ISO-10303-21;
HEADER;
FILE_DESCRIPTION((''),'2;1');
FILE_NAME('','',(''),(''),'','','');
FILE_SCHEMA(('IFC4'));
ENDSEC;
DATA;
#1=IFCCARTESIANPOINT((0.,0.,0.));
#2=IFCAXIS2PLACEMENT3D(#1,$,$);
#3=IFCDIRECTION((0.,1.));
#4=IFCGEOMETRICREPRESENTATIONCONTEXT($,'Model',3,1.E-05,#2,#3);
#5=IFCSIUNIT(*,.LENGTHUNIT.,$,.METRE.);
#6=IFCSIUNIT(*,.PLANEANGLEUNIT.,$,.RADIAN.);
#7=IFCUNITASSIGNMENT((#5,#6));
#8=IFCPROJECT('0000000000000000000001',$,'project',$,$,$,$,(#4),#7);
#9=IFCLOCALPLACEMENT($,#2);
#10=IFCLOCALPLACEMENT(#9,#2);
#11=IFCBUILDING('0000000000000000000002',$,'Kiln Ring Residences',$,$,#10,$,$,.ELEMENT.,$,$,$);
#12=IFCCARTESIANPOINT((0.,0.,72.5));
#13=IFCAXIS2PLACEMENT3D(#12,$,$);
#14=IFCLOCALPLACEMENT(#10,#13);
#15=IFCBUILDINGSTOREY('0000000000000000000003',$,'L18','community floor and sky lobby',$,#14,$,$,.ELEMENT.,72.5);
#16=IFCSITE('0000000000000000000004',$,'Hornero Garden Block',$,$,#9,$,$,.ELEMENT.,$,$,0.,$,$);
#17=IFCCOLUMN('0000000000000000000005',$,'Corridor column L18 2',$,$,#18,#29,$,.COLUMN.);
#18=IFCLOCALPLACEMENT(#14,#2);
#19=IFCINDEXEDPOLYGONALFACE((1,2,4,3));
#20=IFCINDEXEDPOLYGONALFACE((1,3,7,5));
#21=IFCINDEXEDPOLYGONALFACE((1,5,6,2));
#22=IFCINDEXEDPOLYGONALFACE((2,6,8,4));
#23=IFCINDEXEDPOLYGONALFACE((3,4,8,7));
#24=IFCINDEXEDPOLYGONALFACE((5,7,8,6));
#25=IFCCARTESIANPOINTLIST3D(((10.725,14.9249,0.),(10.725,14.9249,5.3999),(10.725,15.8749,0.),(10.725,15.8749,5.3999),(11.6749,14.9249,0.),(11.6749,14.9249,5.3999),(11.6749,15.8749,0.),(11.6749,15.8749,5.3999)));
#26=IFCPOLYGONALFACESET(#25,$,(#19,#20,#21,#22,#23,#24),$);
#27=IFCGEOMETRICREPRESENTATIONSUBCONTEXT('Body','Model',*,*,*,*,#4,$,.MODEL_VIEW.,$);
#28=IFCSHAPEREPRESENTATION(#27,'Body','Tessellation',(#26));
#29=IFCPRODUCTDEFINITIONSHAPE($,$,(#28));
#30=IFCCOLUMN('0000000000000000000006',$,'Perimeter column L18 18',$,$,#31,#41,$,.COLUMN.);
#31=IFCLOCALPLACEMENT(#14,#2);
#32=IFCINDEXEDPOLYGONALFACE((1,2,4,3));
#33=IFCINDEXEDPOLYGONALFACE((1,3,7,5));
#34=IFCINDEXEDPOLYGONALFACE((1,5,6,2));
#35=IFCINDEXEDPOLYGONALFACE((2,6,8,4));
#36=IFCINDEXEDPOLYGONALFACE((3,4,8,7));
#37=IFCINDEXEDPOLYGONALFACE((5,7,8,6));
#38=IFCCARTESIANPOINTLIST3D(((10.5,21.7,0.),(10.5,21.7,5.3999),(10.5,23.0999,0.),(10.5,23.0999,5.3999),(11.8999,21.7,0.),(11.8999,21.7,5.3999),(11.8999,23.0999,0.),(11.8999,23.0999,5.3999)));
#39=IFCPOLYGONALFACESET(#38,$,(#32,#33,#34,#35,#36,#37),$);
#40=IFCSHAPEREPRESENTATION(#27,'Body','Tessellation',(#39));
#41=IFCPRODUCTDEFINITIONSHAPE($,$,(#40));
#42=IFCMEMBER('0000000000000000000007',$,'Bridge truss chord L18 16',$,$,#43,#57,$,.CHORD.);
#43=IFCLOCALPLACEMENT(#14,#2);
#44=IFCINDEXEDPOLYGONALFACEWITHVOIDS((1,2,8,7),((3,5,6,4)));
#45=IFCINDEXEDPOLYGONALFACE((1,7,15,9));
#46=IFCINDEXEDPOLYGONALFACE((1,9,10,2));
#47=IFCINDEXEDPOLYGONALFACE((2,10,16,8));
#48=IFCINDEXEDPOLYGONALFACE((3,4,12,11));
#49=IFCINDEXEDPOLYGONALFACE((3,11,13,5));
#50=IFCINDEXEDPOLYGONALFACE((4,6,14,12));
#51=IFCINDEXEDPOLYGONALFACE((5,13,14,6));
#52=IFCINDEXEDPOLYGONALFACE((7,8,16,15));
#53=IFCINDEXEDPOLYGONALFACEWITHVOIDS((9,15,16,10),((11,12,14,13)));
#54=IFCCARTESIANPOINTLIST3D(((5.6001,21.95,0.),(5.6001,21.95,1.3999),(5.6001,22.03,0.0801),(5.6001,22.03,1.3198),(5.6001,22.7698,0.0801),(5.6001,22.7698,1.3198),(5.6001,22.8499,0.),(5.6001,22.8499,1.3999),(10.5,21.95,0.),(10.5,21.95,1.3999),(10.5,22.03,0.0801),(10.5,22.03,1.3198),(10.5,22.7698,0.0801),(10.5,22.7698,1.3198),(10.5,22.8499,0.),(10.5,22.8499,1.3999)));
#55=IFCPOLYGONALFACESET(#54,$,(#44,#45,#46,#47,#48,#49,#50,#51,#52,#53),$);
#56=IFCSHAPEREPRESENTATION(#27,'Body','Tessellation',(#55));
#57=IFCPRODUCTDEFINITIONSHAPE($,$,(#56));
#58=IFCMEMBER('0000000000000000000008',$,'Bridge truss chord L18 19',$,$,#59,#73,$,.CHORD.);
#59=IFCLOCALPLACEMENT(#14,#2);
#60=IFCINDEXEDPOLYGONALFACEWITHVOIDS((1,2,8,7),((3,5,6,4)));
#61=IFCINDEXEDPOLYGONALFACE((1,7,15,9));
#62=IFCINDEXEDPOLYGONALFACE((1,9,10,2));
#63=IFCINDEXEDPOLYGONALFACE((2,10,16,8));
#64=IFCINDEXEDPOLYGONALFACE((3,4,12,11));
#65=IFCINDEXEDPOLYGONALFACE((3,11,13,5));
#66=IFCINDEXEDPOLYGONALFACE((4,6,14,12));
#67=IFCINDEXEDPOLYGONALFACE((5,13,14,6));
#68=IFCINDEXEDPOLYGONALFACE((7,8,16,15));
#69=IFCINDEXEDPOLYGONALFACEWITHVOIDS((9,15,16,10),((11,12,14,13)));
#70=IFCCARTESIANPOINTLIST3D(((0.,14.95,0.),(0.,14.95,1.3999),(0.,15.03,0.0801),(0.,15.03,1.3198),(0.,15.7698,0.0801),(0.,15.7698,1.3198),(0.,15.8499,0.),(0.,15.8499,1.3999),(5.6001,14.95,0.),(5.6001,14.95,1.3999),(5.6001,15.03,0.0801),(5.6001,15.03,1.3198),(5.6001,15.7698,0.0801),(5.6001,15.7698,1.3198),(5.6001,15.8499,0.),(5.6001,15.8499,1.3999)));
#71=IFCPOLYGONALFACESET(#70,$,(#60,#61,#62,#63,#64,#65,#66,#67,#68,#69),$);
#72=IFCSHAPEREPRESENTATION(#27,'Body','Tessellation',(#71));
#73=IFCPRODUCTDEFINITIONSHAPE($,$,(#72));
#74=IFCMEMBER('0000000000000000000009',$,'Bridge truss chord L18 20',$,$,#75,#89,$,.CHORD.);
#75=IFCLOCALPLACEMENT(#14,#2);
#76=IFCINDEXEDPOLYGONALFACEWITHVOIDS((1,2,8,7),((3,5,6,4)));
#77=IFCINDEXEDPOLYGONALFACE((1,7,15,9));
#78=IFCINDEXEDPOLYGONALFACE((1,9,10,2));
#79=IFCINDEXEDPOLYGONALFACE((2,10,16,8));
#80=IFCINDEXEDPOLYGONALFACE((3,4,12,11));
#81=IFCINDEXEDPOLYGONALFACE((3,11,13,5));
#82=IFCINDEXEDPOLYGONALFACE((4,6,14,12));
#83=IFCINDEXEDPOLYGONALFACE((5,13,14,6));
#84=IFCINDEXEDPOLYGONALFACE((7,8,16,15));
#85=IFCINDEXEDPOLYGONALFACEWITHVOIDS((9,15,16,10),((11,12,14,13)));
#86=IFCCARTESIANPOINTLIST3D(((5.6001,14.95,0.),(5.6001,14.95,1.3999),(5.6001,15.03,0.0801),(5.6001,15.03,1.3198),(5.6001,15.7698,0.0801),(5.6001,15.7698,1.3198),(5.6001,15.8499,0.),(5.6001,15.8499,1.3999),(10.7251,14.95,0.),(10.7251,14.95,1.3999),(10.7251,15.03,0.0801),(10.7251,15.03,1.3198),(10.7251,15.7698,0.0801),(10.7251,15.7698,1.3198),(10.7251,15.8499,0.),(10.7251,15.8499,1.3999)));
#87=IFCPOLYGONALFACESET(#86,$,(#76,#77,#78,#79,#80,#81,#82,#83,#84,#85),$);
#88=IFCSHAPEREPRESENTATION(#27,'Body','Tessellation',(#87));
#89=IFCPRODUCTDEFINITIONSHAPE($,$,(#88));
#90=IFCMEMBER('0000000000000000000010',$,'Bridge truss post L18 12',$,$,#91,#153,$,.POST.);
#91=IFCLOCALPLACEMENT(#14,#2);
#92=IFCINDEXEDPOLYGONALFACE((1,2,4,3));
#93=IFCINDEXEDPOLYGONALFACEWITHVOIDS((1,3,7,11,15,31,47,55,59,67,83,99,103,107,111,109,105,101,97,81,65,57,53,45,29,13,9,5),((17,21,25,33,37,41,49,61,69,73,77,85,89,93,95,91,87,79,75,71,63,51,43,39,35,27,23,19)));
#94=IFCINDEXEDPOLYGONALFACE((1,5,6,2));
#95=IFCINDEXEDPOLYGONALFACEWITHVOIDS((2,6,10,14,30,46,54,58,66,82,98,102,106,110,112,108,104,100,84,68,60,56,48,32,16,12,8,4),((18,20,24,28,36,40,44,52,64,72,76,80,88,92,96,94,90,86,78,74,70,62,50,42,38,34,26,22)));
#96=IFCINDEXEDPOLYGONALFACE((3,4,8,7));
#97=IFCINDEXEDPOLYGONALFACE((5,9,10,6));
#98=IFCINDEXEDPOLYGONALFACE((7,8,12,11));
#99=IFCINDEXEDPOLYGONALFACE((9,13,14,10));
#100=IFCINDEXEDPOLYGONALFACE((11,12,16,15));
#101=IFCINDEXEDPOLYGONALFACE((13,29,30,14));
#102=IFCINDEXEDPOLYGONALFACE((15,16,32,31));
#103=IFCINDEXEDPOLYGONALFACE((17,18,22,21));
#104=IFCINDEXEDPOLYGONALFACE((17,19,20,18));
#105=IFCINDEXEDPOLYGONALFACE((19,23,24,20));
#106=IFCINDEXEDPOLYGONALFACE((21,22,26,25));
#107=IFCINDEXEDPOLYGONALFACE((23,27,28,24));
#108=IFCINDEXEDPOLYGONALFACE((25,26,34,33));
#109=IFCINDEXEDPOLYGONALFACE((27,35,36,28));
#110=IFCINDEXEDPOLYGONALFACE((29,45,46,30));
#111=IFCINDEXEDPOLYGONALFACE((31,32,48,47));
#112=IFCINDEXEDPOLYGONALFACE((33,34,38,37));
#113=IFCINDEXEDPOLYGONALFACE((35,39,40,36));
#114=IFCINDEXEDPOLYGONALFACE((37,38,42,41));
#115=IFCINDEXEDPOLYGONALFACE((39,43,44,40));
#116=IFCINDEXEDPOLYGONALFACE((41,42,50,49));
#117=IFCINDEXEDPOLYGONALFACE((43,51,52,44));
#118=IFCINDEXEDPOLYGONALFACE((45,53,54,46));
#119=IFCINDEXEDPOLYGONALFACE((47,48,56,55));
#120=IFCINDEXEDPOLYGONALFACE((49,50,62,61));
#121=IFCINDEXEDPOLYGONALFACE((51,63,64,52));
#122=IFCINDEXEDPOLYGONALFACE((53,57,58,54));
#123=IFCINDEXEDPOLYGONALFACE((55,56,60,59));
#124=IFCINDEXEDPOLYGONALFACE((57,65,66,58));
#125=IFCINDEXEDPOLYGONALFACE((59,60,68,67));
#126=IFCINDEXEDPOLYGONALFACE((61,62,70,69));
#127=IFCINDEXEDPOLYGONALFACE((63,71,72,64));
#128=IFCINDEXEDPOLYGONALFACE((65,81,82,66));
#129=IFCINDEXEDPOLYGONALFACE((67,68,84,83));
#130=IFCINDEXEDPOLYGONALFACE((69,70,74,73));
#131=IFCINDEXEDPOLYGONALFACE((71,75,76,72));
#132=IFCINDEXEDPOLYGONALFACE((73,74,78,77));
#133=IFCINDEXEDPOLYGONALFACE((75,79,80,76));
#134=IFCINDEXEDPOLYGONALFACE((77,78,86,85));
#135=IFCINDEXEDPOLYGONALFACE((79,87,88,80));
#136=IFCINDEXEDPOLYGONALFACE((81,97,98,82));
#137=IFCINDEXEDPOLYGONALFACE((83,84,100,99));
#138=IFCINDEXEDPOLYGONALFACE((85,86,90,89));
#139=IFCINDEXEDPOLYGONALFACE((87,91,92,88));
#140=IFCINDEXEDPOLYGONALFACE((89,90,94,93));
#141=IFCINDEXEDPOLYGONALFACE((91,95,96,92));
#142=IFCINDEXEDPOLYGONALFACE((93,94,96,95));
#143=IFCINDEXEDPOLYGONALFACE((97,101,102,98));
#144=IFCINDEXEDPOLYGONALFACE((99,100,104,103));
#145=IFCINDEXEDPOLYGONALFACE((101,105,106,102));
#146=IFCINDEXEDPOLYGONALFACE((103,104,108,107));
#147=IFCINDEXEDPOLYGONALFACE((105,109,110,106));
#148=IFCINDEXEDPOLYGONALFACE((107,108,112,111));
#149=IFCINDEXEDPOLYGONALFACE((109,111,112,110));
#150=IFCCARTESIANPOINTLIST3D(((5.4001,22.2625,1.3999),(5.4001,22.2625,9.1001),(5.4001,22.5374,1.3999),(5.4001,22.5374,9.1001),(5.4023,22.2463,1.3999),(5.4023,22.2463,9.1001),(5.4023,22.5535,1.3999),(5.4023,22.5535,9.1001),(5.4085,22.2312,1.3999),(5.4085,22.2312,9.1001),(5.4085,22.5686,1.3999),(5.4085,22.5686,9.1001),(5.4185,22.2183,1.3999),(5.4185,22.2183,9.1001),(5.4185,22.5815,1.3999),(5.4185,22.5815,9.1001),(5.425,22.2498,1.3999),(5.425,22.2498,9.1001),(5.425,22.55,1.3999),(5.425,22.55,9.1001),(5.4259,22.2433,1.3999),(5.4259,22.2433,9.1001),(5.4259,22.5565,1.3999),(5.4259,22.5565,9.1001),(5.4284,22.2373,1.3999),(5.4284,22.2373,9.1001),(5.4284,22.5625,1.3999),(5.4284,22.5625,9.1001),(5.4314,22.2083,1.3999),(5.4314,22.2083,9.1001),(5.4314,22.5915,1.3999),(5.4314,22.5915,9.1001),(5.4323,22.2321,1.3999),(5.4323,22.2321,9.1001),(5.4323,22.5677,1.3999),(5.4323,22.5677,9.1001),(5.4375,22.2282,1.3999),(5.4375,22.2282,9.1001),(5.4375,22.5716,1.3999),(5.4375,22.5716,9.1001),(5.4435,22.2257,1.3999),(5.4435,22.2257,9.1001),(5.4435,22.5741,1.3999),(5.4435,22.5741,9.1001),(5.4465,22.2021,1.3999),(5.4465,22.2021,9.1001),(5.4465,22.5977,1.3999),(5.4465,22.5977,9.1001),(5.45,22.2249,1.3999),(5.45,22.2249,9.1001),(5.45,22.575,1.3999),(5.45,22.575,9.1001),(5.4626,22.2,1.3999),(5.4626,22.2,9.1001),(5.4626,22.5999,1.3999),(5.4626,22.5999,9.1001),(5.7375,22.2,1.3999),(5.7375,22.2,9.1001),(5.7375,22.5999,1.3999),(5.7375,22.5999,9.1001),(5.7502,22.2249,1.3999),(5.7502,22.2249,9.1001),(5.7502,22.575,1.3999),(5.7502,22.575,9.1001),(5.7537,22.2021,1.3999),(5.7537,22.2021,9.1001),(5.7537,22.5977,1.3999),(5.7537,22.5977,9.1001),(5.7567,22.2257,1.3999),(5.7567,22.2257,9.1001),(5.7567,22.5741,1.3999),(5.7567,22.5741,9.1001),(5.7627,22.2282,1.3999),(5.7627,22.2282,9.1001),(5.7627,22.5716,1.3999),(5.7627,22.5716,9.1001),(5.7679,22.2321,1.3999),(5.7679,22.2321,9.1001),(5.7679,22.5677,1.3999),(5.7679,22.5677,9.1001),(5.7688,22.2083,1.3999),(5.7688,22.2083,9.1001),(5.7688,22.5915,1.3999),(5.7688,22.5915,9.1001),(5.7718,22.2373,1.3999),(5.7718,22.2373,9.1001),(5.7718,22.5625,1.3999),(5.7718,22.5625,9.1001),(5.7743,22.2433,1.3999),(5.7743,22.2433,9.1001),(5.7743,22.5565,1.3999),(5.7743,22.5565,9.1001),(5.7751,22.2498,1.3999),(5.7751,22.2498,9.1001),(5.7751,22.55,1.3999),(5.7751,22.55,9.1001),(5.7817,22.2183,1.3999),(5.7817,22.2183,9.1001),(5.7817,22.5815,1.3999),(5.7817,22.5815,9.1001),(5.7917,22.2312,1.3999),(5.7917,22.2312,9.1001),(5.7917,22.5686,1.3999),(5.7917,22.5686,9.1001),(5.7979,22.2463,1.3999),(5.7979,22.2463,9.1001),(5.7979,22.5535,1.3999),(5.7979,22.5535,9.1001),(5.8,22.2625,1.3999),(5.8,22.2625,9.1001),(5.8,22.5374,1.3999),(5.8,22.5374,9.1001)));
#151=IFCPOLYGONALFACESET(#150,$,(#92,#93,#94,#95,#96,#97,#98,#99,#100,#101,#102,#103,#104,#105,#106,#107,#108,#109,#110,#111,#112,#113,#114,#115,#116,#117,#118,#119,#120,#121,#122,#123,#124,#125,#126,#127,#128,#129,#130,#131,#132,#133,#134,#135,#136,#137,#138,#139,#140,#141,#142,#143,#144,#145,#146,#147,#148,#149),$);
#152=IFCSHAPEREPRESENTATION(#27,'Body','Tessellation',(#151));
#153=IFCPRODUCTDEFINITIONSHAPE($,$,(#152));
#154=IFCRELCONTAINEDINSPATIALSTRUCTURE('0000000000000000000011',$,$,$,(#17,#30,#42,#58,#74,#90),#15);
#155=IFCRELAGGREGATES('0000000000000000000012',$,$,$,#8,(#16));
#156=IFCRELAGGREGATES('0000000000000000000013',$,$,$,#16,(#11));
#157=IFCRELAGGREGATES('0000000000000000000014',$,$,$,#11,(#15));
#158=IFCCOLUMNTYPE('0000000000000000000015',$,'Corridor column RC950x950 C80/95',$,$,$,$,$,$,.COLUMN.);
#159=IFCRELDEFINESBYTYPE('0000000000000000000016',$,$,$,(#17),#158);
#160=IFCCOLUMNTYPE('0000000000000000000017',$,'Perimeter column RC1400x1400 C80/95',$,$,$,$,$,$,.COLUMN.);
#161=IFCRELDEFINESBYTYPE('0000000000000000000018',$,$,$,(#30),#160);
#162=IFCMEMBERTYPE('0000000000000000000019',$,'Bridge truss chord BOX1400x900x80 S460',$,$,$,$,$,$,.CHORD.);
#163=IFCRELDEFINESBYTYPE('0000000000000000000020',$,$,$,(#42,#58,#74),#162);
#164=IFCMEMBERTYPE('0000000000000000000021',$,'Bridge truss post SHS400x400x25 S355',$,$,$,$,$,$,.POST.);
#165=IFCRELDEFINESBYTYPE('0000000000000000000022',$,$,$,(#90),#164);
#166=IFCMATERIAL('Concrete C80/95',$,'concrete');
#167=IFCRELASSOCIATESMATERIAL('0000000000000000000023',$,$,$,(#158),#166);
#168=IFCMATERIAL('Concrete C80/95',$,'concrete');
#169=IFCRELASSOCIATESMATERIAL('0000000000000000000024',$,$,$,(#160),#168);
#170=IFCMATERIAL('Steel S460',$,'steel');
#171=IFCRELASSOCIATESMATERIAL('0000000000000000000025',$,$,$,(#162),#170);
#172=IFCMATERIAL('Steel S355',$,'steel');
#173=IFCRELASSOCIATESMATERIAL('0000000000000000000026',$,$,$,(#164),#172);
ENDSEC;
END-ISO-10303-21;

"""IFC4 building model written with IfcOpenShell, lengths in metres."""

from ifc_helpers import new_model, si_unit, direction, frame, origin, origin_2d, place, context, subcontext, project, spatial, rectangle, hollow_rectangle, extrude, material, material_profile, profile_set, type_object, element, save


model = new_model("IFC4")

# Units and contexts
model_context = context("Model", 3, precision=1e-05, world=origin(), true_north=direction((0.0, 1.0)))
body_context = subcontext(model_context, "Body", "Model", "MODEL_VIEW")
ifc_project = project(units=[si_unit("LENGTHUNIT", "METRE"), si_unit("PLANEANGLEUNIT", "RADIAN")], contexts=[model_context])

# Site, building, storey
site_placement = place(None, origin())
site = spatial("IfcSite", under=ifc_project, at=site_placement, Name="Hornero Garden Block", CompositionType="ELEMENT", RefElevation=0.0)
building_placement = place(site_placement, origin())
building = spatial("IfcBuilding", under=site, at=building_placement, Name="Kiln Ring Residences", CompositionType="ELEMENT")
storey_placement = place(building_placement, frame((0.0, 0.0, 72.5)))
storey = spatial("IfcBuildingStorey", under=building, at=storey_placement, Name="L18", Description="community floor and sky lobby", CompositionType="ELEMENT", Elevation=72.5)

# Columns
ifc_material_1 = material(Name="Concrete C80/95", Category="concrete")
ifc_material_profile_1 = material_profile(ifc_material_1, rectangle(XDim=0.95, YDim=0.95, at=origin_2d()), Name="RC950x950")
ifc_profile_set_1 = profile_set([ifc_material_profile_1], Name="Concrete C80/95")
column_type_1 = type_object("IfcColumnType", Name="Corridor column RC950x950 C80/95", PredefinedType="COLUMN", material=ifc_profile_set_1)
column_1_placement = place(storey_placement, frame((11.2, 15.3999, 0.0), z_axis=(0.0, 0.0, 1.0), x_axis=(1.0, 0.0, 0.0)))
element("IfcColumn", 1, at=column_1_placement, inside=storey, type_object=column_type_1, Name="Corridor column L18 2", PredefinedType="COLUMN", context=body_context, shape_type="SweptSolid", body=[
    extrude(rectangle(XDim=0.95, YDim=0.95, at=origin_2d()), origin(), (0.0, 0.0, 1.0), 5.3999),
])
ifc_material_2 = material(Name="Concrete C80/95", Category="concrete")
ifc_material_profile_2 = material_profile(ifc_material_2, rectangle(XDim=1.3999, YDim=1.3999, at=origin_2d()), Name="RC1400x1400")
ifc_profile_set_2 = profile_set([ifc_material_profile_2], Name="Concrete C80/95")
column_type_2 = type_object("IfcColumnType", Name="Perimeter column RC1400x1400 C80/95", PredefinedType="COLUMN", material=ifc_profile_set_2)
column_2_placement = place(storey_placement, frame((11.2, 22.3999, 0.0), z_axis=(0.0, 0.0, 1.0), x_axis=(1.0, 0.0, 0.0)))
element("IfcColumn", 2, at=column_2_placement, inside=storey, type_object=column_type_2, Name="Perimeter column L18 18", PredefinedType="COLUMN", context=body_context, shape_type="SweptSolid", body=[
    extrude(rectangle(XDim=1.3999, YDim=1.3999, at=origin_2d()), origin(), (0.0, 0.0, 1.0), 5.3999),
])

# Members
ifc_material_3 = material(Name="Steel S460", Category="steel")
ifc_material_profile_3 = material_profile(ifc_material_3, hollow_rectangle(XDim=0.8999, YDim=1.3999, WallThickness=0.0801, at=origin_2d()), Name="BOX1400x900x80")
ifc_profile_set_3 = profile_set([ifc_material_profile_3], Name="Steel S460")
member_type_1 = type_object("IfcMemberType", Name="Bridge truss chord BOX1400x900x80 S460", PredefinedType="CHORD", material=ifc_profile_set_3)
member_1_placement = place(storey_placement, frame((5.6001, 22.3999, 0.7), z_axis=(1.0, 0.0, 0.0), x_axis=(0.0, 1.0, 0.0)))
element("IfcMember", 3, at=member_1_placement, inside=storey, type_object=member_type_1, Name="Bridge truss chord L18 16", PredefinedType="CHORD", context=body_context, shape_type="SweptSolid", body=[
    extrude(hollow_rectangle(XDim=0.8999, YDim=1.3999, WallThickness=0.0801, at=origin_2d()), origin(), (0.0, 0.0, 1.0), 4.8999),
])
member_2_placement = place(storey_placement, frame((0.0, 15.3999, 0.7), z_axis=(1.0, 0.0, 0.0), x_axis=(0.0, 1.0, 0.0)))
element("IfcMember", 4, at=member_2_placement, inside=storey, type_object=member_type_1, Name="Bridge truss chord L18 19", PredefinedType="CHORD", context=body_context, shape_type="SweptSolid", body=[
    extrude(hollow_rectangle(XDim=0.8999, YDim=1.3999, WallThickness=0.0801, at=origin_2d()), origin(), (0.0, 0.0, 1.0), 5.6001),
])
member_3_placement = place(storey_placement, frame((5.6001, 15.3999, 0.7), z_axis=(1.0, 0.0, 0.0), x_axis=(0.0, 1.0, 0.0)))
element("IfcMember", 5, at=member_3_placement, inside=storey, type_object=member_type_1, Name="Bridge truss chord L18 20", PredefinedType="CHORD", context=body_context, shape_type="SweptSolid", body=[
    extrude(hollow_rectangle(XDim=0.8999, YDim=1.3999, WallThickness=0.0801, at=origin_2d()), origin(), (0.0, 0.0, 1.0), 5.125),
])
ifc_material_4 = material(Name="Steel S355", Category="steel")
ifc_material_profile_4 = material_profile(ifc_material_4, hollow_rectangle(XDim=0.3999, YDim=0.3999, WallThickness=0.0249, InnerFilletRadius=0.0249, OuterFilletRadius=0.0625, at=origin_2d()), Name="SHS400x400x25")
ifc_profile_set_4 = profile_set([ifc_material_profile_4], Name="Steel S355")
member_type_2 = type_object("IfcMemberType", Name="Bridge truss post SHS400x400x25 S355", PredefinedType="POST", material=ifc_profile_set_4)
for number, where, z_axis, x_axis, name in (
    (6, (5.6001, 22.3999, 1.3999), (0.0, 0.0, 1.0), (1.0, 0.0, 0.0), "Bridge truss post L18 12"),
):
    element("IfcMember", number, at=place(storey_placement, frame(where, z_axis=z_axis, x_axis=x_axis)), inside=storey, type_object=member_type_2, Name=name, PredefinedType="POST", context=body_context, shape_type="SweptSolid", body=[
        extrude(hollow_rectangle(XDim=0.3999, YDim=0.3999, WallThickness=0.0249, InnerFilletRadius=0.0249, OuterFilletRadius=0.0625, at=origin_2d()), origin(), (0.0, 0.0, 1.0), 7.7002),
    ])

save(model, "model.ifc")
